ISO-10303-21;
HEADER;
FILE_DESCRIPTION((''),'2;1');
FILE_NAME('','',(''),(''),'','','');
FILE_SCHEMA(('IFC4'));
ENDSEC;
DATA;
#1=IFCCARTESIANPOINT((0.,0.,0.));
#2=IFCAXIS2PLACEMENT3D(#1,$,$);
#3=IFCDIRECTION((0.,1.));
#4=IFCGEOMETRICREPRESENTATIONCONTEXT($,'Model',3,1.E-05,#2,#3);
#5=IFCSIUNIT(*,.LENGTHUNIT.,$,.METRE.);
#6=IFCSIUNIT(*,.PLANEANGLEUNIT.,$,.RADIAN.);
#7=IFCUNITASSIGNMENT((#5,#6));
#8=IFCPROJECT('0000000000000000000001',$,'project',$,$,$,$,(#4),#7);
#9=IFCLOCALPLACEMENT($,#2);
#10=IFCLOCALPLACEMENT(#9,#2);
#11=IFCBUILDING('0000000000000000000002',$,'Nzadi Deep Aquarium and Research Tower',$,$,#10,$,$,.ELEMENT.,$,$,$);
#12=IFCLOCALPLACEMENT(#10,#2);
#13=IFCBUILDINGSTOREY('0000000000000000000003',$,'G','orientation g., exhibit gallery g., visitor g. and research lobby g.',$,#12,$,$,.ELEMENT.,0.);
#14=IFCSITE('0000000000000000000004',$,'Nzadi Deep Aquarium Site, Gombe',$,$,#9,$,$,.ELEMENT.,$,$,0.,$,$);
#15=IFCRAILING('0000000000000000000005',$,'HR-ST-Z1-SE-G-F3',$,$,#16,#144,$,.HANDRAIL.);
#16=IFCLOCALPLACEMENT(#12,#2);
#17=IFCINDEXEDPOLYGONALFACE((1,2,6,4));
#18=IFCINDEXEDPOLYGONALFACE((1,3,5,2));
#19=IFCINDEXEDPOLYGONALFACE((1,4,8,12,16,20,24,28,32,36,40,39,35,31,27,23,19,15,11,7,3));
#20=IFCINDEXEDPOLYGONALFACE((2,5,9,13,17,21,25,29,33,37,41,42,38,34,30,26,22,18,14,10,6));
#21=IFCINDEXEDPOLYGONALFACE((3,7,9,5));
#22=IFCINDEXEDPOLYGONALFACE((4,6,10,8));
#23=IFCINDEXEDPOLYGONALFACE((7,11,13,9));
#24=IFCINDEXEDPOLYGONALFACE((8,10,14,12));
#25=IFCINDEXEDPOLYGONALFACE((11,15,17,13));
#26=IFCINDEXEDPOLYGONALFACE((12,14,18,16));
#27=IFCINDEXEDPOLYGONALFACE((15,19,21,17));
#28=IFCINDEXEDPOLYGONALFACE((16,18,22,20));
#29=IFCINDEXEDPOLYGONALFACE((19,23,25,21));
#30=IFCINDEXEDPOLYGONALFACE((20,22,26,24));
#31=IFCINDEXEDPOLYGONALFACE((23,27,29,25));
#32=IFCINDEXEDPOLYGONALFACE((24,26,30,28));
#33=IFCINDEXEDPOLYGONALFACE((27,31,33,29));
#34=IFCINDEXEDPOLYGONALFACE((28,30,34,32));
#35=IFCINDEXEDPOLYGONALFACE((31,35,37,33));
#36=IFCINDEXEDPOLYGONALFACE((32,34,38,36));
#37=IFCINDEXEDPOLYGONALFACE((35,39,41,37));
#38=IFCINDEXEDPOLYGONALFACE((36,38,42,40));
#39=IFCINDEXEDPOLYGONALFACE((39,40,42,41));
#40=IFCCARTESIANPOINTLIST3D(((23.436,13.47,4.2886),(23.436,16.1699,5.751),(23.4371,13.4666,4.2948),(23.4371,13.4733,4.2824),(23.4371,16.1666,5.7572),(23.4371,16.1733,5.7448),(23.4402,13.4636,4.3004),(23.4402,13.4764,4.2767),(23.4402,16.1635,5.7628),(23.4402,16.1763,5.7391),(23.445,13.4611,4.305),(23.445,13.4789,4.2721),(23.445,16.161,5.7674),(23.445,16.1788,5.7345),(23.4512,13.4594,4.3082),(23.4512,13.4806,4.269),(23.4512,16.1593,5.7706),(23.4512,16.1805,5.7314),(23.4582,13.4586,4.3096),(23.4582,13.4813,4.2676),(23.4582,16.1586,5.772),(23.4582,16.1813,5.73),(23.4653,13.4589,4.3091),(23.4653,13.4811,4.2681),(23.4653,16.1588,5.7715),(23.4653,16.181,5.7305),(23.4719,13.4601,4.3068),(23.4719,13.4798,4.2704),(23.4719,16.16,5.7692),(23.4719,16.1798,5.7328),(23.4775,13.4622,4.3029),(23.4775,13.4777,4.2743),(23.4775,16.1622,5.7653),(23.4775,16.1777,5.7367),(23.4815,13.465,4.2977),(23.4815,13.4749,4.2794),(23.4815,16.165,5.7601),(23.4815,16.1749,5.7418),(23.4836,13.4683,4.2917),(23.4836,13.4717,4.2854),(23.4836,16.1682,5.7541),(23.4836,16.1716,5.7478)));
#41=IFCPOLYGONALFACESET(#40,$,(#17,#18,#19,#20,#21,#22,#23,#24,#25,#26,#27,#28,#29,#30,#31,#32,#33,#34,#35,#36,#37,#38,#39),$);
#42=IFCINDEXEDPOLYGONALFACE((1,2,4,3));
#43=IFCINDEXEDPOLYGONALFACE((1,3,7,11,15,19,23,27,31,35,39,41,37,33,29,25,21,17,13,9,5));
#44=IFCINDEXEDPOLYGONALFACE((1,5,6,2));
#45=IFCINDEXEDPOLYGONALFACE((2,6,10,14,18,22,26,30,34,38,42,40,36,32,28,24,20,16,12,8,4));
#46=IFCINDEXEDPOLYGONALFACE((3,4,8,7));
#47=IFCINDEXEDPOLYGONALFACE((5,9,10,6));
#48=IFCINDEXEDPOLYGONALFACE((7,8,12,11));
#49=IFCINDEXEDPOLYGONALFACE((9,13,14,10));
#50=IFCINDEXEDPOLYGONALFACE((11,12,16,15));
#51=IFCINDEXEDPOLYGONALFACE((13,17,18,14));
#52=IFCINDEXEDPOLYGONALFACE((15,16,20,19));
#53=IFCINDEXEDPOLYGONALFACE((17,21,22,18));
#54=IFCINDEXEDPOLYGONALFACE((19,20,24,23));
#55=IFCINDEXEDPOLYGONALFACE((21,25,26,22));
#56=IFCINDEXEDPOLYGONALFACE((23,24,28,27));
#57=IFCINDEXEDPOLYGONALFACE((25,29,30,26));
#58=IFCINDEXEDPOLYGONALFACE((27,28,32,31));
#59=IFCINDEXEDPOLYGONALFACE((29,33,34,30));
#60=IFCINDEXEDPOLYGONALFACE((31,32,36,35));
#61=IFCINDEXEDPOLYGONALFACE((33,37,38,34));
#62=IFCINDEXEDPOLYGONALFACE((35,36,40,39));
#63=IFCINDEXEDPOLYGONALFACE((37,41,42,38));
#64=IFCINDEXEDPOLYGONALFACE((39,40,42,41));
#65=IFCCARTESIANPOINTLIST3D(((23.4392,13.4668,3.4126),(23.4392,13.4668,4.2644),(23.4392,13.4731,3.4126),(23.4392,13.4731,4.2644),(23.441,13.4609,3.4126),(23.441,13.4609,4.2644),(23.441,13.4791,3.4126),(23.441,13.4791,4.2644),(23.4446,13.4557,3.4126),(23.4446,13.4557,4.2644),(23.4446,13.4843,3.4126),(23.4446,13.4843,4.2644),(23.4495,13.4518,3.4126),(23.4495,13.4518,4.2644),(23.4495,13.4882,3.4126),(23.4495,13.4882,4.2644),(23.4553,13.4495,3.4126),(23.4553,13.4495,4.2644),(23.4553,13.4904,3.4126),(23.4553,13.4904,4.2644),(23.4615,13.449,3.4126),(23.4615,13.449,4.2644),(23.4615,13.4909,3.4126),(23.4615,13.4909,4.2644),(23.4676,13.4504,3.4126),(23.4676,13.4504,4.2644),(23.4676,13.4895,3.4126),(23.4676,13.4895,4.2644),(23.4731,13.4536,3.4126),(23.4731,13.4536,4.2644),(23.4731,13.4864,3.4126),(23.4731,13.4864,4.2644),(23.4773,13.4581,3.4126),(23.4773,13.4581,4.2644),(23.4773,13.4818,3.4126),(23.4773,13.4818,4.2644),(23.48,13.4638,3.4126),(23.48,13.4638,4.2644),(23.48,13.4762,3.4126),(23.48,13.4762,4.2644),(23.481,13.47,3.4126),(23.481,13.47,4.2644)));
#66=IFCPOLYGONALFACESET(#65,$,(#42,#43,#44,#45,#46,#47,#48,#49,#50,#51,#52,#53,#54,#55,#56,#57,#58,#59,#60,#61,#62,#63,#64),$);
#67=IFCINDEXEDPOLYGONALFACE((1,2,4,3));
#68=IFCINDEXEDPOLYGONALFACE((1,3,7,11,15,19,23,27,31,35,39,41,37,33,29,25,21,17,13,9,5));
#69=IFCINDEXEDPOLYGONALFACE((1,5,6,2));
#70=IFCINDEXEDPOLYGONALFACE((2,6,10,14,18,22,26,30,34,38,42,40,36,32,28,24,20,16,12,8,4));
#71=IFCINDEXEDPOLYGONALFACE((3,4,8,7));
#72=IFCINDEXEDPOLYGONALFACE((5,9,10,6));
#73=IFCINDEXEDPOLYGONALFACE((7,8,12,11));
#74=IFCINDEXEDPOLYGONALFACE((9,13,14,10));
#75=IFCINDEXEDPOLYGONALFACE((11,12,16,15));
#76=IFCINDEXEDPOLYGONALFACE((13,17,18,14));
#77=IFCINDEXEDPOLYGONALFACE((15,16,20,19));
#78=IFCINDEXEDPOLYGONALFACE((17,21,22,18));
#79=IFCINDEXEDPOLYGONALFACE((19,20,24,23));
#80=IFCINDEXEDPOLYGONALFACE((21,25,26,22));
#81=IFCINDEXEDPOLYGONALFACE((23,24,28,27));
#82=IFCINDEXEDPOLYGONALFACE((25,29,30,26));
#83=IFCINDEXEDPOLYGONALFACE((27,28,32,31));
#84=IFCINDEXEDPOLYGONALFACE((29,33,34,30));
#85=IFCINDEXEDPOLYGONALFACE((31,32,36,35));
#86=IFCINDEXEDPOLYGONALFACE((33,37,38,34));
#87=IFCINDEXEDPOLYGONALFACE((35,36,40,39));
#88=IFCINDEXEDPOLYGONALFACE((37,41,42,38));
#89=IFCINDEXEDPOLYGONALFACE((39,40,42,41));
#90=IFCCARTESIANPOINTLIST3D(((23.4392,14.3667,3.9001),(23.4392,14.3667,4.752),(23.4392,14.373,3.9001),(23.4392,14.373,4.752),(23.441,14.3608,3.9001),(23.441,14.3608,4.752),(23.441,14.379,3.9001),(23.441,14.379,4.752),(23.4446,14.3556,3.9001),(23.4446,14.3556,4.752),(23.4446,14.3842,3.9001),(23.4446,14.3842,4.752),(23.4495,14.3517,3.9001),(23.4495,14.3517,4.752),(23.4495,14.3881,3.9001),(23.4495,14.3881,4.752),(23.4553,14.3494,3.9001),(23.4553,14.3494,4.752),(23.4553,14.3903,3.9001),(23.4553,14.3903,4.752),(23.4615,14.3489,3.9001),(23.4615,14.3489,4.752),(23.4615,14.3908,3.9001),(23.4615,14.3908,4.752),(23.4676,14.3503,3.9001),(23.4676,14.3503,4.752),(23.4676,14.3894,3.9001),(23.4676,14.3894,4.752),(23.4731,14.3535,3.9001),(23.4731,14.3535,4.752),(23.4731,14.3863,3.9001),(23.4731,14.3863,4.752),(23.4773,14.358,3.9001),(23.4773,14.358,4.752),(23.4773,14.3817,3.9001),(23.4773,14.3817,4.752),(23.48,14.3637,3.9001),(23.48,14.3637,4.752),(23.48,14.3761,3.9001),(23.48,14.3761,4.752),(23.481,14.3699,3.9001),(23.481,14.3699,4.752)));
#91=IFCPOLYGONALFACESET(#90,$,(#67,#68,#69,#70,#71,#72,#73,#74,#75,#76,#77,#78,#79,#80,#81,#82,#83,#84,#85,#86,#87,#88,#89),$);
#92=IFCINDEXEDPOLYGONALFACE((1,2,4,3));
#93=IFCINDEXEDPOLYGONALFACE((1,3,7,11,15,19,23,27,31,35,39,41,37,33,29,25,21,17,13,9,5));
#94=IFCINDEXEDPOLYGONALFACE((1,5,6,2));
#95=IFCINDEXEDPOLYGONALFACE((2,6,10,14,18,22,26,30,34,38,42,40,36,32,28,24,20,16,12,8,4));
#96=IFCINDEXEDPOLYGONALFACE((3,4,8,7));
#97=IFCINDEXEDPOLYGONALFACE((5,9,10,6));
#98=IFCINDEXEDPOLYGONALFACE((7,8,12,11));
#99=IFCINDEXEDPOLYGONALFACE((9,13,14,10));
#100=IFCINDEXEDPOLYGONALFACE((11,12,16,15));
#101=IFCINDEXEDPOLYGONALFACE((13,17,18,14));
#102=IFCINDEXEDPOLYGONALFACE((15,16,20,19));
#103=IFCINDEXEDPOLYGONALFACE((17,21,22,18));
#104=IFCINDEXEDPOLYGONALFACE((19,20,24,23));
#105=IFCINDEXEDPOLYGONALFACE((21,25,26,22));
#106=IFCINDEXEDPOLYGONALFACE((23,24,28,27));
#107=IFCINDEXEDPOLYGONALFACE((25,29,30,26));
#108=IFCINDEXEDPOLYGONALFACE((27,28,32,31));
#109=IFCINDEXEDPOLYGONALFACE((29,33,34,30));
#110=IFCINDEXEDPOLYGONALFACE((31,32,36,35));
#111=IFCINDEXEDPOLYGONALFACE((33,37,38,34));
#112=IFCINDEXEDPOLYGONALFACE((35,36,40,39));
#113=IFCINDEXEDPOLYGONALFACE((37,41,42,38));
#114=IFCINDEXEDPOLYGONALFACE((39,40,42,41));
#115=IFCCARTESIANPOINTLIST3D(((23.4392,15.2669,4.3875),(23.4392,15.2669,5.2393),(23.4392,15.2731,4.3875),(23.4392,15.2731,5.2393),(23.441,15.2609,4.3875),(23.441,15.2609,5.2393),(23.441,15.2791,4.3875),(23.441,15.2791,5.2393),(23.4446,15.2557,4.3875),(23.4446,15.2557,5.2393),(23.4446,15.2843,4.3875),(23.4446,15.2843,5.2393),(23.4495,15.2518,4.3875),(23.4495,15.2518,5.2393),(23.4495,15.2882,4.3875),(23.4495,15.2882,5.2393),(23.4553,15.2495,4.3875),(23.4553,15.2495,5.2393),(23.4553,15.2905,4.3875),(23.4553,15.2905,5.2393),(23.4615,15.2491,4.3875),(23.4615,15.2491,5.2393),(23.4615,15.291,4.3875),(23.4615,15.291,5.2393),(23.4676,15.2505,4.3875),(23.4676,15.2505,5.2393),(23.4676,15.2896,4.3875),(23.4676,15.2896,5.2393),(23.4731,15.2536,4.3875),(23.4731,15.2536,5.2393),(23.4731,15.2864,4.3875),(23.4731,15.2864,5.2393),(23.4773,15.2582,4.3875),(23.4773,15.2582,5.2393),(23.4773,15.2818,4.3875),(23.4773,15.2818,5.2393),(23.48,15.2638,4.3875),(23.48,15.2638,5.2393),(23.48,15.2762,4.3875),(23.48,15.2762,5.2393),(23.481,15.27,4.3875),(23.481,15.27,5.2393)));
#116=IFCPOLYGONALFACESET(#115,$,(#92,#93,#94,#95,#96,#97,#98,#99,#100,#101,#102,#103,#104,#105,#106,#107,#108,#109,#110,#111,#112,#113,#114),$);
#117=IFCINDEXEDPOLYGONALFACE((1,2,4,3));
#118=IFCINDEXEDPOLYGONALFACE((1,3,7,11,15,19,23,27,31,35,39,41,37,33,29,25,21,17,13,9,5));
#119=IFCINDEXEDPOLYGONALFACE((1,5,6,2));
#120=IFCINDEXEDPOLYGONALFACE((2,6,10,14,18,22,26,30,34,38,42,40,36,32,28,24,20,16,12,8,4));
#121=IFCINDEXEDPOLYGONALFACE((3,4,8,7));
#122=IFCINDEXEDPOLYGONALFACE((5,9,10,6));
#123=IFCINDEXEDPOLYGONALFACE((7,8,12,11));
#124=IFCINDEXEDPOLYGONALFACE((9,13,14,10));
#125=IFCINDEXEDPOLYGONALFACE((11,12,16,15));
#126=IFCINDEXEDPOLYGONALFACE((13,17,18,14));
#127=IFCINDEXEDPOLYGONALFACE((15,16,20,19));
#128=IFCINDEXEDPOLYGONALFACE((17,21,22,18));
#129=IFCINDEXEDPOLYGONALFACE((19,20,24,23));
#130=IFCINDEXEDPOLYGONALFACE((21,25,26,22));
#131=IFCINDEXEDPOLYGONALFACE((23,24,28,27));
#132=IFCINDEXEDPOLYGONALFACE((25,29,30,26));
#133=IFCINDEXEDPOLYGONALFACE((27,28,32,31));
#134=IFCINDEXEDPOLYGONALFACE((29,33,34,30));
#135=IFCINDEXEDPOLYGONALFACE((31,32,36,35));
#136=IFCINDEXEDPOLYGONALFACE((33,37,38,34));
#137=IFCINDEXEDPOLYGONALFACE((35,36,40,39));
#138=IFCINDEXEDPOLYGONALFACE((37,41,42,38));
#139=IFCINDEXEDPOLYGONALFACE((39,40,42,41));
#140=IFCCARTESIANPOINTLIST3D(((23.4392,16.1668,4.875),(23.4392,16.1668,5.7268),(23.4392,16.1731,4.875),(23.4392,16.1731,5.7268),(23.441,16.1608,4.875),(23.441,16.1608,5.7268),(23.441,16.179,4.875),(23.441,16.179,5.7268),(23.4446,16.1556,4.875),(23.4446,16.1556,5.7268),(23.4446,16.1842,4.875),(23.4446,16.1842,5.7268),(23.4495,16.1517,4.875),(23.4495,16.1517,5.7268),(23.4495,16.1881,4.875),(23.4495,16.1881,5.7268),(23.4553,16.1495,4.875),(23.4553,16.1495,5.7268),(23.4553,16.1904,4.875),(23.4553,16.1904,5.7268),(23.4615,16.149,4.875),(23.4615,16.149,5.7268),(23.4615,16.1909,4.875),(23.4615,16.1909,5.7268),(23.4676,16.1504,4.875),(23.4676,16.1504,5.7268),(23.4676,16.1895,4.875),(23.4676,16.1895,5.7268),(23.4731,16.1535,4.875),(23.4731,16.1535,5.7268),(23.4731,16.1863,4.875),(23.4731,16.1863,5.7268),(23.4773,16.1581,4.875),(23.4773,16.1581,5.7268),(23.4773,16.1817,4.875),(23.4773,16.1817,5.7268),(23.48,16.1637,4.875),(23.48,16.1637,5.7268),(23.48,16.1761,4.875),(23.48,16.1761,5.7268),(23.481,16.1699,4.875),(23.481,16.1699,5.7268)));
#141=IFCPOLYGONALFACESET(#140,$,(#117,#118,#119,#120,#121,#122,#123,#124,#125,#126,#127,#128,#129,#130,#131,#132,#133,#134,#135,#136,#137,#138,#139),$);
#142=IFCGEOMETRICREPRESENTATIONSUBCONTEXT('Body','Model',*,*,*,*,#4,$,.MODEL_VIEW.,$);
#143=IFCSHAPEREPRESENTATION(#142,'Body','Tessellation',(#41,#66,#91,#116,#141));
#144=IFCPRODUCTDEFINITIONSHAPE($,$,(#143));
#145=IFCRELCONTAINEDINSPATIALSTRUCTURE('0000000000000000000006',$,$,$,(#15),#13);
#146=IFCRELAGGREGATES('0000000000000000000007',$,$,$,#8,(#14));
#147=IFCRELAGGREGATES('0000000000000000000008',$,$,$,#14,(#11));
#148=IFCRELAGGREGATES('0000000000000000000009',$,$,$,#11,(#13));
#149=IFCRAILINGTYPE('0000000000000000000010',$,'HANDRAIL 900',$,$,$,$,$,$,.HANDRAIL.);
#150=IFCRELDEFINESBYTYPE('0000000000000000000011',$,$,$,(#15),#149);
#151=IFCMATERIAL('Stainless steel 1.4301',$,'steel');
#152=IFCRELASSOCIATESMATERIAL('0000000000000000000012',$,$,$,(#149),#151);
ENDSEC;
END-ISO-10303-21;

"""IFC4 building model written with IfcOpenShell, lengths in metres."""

from ifc_helpers import new_model, si_unit, direction, frame, origin, origin_2d, place, context, subcontext, project, spatial, circle, extrude, material, type_object, element, save


model = new_model("IFC4")

# Units and contexts
model_context = context("Model", 3, precision=1e-05, world=origin(), true_north=direction((0.0, 1.0)))
body_context = subcontext(model_context, "Body", "Model", "MODEL_VIEW")
ifc_project = project(units=[si_unit("LENGTHUNIT", "METRE"), si_unit("PLANEANGLEUNIT", "RADIAN")], contexts=[model_context])

# Site, building, storey
site_placement = place(None, origin())
site = spatial("IfcSite", under=ifc_project, at=site_placement, Name="Nzadi Deep Aquarium Site, Gombe", CompositionType="ELEMENT", RefElevation=0.0)
building_placement = place(site_placement, origin())
building = spatial("IfcBuilding", under=site, at=building_placement, Name="Nzadi Deep Aquarium and Research Tower", CompositionType="ELEMENT")
storey_placement = place(building_placement, origin())
storey = spatial("IfcBuildingStorey", under=building, at=storey_placement, Name="G", Description="orientation g., exhibit gallery g., visitor g. and research lobby g.", CompositionType="ELEMENT", Elevation=0.0)

# Railing
ifc_material_1 = material(Name="Stainless steel 1.4301", Category="steel")
railing_type = type_object("IfcRailingType", Name="HANDRAIL 900", PredefinedType="HANDRAIL", material=ifc_material_1)
for number, where, name in (
    (1, (23.46, 13.47, 3.4126), "HR-ST-Z1-SE-G-F3"),
):
    element("IfcRailing", number, at=place(storey_placement, frame(where)), inside=storey, type_object=railing_type, Name=name, PredefinedType="HANDRAIL", context=body_context, shape_type="SweptSolid", body=[
        extrude(circle(Radius=0.0239, at=origin_2d()), frame((0.0, 0.0, 0.876), z_axis=(0.0, 0.879302, 0.476265), x_axis=(-1.0, 0.0, 0.0)), (0.0, 0.0, 1.0), 3.0706),
        extrude(circle(Radius=0.021, at=origin_2d()), origin(), (0.0, 0.0, 1.0), 0.8518),
        extrude(circle(Radius=0.021, at=origin_2d()), frame((0.0, 0.8999, 0.4875)), (0.0, 0.0, 1.0), 0.8518),
        extrude(circle(Radius=0.021, at=origin_2d()), frame((0.0, 1.8, 0.9749)), (0.0, 0.0, 1.0), 0.8518),
        extrude(circle(Radius=0.021, at=origin_2d()), frame((0.0, 2.7, 1.4624)), (0.0, 0.0, 1.0), 0.8518),
    ])

save(model, "model.ifc")
